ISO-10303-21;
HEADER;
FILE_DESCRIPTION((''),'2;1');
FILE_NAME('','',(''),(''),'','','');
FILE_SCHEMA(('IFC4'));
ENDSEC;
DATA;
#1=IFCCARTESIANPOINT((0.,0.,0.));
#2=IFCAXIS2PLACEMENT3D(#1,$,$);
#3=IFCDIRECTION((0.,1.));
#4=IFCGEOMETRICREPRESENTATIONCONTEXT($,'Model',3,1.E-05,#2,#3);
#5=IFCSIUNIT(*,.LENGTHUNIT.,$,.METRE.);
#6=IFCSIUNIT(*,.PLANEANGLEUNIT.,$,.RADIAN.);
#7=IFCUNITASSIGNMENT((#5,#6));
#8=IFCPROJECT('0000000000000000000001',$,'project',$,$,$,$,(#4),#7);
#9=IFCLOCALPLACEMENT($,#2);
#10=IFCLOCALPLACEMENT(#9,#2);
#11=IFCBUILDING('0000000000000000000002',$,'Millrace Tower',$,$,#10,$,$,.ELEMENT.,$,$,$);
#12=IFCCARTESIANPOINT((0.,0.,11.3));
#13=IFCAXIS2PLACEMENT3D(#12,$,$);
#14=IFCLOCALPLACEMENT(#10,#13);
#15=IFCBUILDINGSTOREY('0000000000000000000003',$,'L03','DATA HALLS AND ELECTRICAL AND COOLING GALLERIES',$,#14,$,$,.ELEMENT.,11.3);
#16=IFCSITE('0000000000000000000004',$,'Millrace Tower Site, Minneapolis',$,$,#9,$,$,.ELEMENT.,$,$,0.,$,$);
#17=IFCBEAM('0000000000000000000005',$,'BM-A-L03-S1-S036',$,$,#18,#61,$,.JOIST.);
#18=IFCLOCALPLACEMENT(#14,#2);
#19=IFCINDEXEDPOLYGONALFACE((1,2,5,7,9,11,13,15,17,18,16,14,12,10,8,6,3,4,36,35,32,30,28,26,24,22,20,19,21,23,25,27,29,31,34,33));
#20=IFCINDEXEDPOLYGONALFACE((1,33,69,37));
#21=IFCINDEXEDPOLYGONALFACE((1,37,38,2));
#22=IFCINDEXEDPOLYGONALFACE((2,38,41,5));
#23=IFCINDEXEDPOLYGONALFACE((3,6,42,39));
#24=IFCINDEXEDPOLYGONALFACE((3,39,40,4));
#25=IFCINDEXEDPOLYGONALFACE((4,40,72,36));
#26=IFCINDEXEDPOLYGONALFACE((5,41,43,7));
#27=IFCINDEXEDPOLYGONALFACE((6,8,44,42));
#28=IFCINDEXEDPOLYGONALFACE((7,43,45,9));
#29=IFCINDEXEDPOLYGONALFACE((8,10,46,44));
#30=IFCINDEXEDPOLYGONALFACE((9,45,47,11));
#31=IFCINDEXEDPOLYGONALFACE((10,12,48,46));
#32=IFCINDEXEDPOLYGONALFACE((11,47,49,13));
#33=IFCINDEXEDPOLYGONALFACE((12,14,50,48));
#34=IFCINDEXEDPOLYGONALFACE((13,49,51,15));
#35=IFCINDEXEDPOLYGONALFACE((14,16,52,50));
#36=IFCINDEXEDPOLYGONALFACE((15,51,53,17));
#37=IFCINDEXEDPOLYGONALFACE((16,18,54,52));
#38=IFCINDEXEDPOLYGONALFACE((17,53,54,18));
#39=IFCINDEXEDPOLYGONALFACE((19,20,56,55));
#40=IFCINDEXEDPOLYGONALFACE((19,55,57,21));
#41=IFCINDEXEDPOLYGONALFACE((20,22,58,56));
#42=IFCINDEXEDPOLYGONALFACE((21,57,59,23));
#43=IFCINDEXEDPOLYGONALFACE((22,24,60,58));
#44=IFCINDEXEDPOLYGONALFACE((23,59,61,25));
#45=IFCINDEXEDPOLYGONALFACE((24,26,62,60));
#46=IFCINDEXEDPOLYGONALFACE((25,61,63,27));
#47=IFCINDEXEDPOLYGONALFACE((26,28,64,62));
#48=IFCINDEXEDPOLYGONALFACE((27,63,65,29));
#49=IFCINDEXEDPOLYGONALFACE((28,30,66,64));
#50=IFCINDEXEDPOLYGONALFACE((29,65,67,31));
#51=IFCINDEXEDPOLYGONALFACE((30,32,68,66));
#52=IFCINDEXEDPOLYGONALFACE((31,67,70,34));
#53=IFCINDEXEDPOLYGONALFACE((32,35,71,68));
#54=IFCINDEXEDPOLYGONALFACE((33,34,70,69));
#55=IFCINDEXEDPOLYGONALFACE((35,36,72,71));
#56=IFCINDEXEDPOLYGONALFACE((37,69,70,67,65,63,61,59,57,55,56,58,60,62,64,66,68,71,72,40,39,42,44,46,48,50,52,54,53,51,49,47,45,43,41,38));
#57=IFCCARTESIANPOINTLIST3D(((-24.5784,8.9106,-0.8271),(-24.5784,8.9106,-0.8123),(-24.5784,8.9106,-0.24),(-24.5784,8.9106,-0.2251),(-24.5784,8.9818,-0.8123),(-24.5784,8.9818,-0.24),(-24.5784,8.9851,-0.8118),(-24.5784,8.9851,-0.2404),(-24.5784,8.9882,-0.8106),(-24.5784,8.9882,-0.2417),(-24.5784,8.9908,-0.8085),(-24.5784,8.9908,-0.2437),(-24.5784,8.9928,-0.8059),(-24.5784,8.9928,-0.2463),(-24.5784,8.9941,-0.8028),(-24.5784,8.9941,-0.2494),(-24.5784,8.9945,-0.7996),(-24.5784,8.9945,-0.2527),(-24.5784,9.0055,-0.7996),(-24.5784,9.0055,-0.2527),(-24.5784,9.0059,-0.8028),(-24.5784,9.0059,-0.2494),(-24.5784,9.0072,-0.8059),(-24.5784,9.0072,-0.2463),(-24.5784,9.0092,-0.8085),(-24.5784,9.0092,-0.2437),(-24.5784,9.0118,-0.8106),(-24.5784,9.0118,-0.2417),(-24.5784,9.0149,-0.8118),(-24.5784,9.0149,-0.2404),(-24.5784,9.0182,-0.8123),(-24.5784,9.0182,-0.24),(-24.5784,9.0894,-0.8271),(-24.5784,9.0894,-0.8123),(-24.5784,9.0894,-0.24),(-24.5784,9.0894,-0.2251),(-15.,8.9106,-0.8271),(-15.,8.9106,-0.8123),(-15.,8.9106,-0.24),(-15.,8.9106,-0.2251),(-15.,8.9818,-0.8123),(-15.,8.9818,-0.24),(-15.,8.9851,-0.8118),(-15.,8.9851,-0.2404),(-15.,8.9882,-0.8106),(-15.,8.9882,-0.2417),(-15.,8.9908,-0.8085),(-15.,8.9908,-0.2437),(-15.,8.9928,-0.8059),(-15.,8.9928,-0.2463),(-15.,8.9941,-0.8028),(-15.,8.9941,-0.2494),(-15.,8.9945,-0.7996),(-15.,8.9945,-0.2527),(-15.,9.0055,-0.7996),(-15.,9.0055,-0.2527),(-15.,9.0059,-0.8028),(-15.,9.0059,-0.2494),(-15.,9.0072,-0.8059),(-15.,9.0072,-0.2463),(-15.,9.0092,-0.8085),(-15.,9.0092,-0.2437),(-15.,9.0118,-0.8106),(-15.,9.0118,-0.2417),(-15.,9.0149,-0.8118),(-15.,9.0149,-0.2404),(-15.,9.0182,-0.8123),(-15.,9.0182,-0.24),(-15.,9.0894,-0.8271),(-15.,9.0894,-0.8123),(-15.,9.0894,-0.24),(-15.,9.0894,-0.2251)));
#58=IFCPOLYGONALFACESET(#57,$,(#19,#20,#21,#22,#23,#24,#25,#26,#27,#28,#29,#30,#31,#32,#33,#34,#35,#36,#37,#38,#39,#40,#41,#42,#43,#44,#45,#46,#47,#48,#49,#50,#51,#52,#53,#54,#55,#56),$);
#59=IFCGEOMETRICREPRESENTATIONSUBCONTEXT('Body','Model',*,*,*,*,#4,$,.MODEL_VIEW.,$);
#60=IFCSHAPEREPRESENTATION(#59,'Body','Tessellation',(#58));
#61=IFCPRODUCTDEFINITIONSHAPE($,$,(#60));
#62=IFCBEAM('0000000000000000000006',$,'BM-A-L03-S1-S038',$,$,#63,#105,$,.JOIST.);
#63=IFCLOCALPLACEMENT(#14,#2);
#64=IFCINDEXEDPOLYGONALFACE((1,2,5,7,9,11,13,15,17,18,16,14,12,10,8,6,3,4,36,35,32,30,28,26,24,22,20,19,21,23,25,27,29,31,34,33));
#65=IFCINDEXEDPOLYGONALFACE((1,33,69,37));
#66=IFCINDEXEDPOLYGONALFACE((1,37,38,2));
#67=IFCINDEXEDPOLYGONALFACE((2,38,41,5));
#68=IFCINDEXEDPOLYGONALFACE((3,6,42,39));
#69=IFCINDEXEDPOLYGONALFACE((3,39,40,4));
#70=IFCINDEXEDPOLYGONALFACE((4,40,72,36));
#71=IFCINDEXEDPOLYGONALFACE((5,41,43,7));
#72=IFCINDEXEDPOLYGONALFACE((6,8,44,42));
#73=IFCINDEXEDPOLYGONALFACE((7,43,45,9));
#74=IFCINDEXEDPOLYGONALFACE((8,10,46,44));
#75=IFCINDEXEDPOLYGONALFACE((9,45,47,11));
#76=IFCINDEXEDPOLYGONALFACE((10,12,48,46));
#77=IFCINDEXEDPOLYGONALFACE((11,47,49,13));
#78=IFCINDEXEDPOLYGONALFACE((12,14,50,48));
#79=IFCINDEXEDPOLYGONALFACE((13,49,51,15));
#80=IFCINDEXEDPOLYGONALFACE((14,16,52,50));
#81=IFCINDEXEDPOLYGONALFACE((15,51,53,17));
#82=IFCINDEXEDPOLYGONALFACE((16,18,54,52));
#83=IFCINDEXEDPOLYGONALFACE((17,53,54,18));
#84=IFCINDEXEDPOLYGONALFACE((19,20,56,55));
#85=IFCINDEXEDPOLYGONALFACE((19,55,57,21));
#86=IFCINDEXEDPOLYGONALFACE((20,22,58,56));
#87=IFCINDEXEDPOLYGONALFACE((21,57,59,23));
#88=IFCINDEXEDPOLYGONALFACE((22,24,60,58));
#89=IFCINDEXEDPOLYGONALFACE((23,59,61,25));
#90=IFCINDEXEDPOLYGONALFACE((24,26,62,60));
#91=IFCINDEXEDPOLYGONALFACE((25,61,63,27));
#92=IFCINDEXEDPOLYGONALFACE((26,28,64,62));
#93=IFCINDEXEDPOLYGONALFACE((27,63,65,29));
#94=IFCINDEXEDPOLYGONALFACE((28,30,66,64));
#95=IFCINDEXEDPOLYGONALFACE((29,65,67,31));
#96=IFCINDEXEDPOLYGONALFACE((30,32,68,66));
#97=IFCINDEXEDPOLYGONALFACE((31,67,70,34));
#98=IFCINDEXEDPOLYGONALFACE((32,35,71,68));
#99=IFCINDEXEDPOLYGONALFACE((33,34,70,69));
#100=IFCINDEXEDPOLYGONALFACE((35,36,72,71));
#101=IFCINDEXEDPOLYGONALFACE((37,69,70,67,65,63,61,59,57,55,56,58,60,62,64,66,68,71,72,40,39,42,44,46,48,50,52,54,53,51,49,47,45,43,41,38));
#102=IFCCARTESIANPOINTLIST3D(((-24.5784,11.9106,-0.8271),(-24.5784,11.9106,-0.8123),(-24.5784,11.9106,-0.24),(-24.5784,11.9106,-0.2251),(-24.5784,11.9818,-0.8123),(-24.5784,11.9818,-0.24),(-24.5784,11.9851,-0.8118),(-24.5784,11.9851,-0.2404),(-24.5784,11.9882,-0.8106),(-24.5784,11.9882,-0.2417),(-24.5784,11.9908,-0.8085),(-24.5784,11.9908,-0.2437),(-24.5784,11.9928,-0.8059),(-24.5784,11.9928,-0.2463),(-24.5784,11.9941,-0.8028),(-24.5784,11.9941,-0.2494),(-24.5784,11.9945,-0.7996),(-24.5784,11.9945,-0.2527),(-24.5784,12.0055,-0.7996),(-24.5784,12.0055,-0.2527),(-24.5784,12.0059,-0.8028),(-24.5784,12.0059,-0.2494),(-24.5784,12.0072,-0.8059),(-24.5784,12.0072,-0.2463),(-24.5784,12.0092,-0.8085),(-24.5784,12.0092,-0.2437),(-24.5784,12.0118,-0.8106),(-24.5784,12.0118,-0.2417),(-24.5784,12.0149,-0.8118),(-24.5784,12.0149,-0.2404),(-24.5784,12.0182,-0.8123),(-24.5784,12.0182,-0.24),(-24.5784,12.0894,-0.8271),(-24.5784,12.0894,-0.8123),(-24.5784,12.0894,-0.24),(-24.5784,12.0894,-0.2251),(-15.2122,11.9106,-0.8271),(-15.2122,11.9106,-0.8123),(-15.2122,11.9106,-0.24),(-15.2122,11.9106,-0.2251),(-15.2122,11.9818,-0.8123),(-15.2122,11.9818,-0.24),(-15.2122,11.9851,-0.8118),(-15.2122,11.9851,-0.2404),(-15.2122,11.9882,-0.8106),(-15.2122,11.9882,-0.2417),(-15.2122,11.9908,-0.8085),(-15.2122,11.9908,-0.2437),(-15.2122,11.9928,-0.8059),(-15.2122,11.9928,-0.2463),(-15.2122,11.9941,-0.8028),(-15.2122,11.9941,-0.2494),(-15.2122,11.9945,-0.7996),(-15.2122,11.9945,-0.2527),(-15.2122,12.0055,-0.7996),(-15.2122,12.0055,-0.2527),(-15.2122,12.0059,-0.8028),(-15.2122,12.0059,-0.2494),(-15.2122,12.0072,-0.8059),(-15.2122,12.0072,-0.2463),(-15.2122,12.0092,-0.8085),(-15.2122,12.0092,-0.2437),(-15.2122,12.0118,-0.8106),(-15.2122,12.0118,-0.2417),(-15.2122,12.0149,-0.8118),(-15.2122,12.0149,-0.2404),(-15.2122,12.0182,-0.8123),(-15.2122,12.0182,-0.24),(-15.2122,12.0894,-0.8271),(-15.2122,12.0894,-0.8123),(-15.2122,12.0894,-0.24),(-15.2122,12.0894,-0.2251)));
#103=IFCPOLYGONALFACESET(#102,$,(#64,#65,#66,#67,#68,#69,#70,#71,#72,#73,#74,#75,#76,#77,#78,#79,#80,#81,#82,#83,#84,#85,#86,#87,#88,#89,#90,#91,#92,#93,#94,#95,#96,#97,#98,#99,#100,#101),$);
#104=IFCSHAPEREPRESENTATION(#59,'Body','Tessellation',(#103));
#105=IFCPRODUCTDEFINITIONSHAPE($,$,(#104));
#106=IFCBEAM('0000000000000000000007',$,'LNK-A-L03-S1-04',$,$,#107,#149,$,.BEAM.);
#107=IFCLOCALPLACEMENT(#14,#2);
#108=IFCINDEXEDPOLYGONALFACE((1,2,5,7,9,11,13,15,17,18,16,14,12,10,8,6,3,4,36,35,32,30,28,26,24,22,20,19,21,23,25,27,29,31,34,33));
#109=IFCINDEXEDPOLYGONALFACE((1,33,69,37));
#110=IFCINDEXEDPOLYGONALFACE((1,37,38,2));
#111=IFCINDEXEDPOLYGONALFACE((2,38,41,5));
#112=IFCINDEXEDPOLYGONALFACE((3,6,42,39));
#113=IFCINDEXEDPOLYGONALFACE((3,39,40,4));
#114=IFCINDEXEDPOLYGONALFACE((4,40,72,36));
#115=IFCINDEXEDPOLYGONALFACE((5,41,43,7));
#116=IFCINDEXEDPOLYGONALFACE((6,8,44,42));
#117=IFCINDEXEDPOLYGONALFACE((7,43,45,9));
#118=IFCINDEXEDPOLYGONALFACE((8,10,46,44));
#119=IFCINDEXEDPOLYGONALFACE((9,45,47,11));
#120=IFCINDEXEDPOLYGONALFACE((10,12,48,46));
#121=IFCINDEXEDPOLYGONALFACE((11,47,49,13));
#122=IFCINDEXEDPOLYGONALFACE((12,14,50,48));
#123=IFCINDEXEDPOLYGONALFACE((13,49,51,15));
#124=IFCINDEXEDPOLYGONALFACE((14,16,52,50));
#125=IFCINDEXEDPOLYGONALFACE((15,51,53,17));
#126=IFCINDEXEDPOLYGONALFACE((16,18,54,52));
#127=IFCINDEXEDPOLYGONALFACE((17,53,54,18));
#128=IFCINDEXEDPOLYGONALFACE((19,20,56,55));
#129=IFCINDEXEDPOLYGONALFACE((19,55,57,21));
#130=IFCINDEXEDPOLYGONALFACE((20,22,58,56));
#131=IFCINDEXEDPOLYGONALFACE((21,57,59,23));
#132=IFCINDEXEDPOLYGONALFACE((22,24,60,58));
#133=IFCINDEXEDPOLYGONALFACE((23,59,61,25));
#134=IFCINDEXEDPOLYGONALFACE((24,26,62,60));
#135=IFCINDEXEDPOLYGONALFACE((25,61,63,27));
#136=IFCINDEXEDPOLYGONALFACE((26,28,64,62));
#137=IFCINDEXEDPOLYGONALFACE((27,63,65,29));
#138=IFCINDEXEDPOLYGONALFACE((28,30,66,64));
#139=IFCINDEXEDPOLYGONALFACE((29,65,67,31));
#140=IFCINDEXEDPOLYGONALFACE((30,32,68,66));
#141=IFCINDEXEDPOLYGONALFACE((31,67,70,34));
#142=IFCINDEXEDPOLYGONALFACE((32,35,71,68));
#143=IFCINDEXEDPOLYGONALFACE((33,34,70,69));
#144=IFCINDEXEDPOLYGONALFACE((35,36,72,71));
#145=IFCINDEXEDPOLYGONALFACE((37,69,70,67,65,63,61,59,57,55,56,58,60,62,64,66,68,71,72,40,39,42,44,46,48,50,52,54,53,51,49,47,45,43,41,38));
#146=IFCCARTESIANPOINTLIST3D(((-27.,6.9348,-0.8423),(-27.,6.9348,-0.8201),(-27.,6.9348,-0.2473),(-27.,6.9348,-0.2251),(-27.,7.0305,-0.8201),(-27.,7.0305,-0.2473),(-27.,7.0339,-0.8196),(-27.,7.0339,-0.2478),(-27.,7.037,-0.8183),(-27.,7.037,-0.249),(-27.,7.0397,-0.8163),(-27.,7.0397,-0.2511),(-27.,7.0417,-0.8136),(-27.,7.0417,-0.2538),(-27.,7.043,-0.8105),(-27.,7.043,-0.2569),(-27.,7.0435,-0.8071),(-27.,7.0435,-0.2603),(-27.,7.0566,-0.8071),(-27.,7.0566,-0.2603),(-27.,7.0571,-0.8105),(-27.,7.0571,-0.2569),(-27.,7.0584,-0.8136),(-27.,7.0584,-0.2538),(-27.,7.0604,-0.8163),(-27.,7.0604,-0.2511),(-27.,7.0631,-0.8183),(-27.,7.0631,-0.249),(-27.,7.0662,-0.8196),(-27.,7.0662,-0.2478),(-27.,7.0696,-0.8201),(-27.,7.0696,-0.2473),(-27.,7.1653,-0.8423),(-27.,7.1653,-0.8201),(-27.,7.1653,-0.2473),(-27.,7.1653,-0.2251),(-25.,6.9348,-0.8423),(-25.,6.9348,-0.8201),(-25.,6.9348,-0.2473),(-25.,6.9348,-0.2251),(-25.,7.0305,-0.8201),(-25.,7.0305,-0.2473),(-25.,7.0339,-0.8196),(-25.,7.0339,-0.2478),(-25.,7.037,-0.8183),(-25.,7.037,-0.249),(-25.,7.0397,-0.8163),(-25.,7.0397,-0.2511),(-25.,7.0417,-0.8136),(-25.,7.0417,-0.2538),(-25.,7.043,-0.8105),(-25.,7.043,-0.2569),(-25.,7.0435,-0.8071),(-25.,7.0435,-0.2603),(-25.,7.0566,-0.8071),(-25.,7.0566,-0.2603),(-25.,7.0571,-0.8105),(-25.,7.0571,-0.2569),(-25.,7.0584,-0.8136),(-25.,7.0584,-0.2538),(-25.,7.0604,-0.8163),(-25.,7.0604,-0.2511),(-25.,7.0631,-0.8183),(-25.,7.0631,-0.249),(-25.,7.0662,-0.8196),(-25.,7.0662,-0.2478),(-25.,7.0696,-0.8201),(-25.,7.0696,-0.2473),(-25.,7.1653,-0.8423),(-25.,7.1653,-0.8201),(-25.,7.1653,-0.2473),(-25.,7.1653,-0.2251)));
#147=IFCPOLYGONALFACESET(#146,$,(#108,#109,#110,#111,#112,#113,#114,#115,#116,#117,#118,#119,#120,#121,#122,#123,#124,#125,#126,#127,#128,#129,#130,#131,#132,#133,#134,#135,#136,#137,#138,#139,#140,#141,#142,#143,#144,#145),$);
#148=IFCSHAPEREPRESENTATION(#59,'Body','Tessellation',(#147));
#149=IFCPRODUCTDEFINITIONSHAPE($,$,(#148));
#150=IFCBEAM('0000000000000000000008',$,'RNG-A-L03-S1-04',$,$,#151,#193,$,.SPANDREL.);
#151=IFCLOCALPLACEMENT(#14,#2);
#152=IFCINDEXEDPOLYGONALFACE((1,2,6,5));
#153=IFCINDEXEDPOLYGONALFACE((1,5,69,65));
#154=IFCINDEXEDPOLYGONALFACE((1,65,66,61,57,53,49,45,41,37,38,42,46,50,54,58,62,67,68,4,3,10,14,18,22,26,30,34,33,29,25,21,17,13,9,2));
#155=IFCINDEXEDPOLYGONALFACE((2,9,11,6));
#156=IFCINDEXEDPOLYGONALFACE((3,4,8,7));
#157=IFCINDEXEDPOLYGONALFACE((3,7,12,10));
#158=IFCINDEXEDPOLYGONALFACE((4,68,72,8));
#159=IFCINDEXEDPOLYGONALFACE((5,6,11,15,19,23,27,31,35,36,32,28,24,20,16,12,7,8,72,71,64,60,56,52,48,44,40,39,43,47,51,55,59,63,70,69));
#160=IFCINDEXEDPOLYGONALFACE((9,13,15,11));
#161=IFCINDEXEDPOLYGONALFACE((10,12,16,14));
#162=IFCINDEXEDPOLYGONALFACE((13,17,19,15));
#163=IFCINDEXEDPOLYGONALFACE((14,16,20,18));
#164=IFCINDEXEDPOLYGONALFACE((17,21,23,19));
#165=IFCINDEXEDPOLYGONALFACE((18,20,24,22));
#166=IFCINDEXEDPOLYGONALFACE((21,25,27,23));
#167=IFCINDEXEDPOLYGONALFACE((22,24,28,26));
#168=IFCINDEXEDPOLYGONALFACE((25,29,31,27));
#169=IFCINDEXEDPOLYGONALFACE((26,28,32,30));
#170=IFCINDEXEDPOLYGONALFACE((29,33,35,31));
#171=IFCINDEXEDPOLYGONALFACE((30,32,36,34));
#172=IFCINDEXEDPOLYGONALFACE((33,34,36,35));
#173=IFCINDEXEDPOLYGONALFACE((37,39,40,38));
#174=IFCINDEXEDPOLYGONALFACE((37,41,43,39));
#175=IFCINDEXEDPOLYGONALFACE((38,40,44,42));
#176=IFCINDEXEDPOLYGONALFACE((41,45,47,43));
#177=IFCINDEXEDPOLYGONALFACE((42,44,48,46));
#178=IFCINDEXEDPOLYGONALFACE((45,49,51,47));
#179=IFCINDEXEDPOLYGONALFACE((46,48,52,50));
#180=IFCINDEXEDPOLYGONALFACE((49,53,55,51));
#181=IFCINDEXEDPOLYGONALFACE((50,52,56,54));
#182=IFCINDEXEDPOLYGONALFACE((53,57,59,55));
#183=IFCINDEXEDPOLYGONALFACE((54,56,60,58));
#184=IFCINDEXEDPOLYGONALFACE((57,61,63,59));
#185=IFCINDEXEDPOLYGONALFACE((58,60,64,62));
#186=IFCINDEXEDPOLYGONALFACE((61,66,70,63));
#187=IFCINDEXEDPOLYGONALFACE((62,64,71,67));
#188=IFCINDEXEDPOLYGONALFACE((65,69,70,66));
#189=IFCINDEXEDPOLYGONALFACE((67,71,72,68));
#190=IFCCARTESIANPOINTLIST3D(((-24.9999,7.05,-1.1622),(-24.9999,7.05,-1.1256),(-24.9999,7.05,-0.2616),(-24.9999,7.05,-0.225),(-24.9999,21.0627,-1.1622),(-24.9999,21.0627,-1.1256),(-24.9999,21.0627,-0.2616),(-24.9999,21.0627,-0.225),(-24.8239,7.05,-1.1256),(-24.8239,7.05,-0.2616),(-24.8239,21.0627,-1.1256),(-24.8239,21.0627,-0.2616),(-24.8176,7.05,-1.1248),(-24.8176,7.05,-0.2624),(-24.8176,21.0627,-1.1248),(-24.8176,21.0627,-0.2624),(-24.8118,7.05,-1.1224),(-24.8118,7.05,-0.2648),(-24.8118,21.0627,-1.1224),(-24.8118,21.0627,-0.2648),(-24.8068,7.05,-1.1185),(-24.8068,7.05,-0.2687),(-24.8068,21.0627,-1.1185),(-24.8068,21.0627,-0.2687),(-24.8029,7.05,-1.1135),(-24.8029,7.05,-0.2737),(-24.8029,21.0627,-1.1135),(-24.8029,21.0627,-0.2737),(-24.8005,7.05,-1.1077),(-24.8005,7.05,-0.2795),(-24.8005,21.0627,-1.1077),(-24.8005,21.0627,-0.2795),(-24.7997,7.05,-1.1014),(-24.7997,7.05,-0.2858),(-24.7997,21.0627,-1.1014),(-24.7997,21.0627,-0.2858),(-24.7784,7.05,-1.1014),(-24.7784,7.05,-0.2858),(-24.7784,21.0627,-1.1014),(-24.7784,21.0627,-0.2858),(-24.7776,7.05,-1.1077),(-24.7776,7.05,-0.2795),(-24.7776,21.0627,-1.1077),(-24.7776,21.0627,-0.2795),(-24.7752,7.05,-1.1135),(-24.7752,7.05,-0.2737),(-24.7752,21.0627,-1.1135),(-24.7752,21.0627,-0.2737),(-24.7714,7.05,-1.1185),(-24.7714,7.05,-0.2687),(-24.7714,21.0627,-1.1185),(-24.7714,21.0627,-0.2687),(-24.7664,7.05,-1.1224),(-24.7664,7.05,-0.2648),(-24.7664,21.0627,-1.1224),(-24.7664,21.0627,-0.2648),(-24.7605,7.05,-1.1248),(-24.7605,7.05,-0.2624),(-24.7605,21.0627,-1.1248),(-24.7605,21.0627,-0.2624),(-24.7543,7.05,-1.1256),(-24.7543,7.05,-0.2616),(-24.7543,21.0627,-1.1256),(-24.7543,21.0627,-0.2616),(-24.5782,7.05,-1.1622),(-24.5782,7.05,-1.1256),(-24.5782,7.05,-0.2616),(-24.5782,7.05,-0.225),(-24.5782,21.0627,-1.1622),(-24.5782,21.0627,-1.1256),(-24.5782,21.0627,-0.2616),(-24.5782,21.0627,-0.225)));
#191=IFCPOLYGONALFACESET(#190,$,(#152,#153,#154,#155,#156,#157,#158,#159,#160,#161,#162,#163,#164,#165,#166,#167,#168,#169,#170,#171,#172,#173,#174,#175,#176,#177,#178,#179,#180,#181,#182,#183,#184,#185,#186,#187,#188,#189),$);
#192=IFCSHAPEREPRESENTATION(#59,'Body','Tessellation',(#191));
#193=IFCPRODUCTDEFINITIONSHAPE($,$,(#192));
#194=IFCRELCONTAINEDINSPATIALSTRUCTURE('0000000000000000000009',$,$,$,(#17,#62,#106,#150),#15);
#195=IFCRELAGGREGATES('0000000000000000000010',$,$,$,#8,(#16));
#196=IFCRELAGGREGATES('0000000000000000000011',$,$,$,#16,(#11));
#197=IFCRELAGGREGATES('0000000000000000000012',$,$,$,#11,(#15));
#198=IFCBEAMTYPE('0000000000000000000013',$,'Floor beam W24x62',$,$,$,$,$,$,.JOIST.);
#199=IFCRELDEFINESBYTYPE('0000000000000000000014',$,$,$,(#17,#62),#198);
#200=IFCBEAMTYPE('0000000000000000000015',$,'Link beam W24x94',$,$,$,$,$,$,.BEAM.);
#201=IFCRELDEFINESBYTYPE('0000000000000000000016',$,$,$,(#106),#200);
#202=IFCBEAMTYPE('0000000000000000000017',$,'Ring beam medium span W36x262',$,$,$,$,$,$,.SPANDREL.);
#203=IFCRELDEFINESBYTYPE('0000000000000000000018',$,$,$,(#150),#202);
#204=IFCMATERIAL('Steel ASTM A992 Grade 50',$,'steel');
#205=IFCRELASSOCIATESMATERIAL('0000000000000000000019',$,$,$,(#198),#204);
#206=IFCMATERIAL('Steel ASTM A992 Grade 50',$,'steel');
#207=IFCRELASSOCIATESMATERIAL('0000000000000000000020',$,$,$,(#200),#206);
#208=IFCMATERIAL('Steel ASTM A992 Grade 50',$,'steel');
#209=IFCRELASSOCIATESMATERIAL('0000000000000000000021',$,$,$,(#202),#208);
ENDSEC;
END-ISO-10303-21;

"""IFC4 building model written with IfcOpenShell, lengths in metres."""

from ifc_helpers import new_model, si_unit, direction, frame, origin, origin_2d, place, context, subcontext, project, spatial, i_section, extrude, material, material_profile, profile_set, type_object, element, save


model = new_model("IFC4")

# Units and contexts
model_context = context("Model", 3, precision=1e-05, world=origin(), true_north=direction((0.0, 1.0)))
body_context = subcontext(model_context, "Body", "Model", "MODEL_VIEW")
ifc_project = project(units=[si_unit("LENGTHUNIT", "METRE"), si_unit("PLANEANGLEUNIT", "RADIAN")], contexts=[model_context])

# Site, building, storey
site_placement = place(None, origin())
site = spatial("IfcSite", under=ifc_project, at=site_placement, Name="Millrace Tower Site, Minneapolis", CompositionType="ELEMENT", RefElevation=0.0)
building_placement = place(site_placement, origin())
building = spatial("IfcBuilding", under=site, at=building_placement, Name="Millrace Tower", CompositionType="ELEMENT")
storey_placement = place(building_placement, frame((0.0, 0.0, 11.3)))
storey = spatial("IfcBuildingStorey", under=building, at=storey_placement, Name="L03", Description="DATA HALLS AND ELECTRICAL AND COOLING GALLERIES", CompositionType="ELEMENT", Elevation=11.3)

# Beams
ifc_material_1 = material(Name="Steel ASTM A992 Grade 50", Category="steel")
ifc_material_profile_1 = material_profile(ifc_material_1, i_section(OverallWidth=0.1787, OverallDepth=0.6021, WebThickness=0.011, FlangeThickness=0.0149, FilletRadius=0.0127, at=origin_2d()))
ifc_profile_set_1 = profile_set([ifc_material_profile_1], Name="Steel ASTM A992 Grade 50")
beam_type_1 = type_object("IfcBeamType", Name="Floor beam W24x62", PredefinedType="JOIST", material=ifc_profile_set_1)
for number, where, z_axis, x_axis, name in (
    (1, (-24.5784, 9.0, -0.5261), (1.0, 0.0, 0.0), (0.0, 1.0, 0.0), "BM-A-L03-S1-S036"),
):
    element("IfcBeam", number, at=place(storey_placement, frame(where, z_axis=z_axis, x_axis=x_axis)), inside=storey, type_object=beam_type_1, Name=name, PredefinedType="JOIST", context=body_context, shape_type="SweptSolid", body=[
        extrude(i_section(OverallWidth=0.1787, OverallDepth=0.6021, WebThickness=0.011, FlangeThickness=0.0149, FilletRadius=0.0127, at=origin_2d()), origin(), (0.0, 0.0, 1.0), 9.5784),
    ])
beam_1_placement = place(storey_placement, frame((-24.5784, 12.0, -0.5261), z_axis=(1.0, 0.0, 0.0), x_axis=(0.0, 1.0, 0.0)))
element("IfcBeam", 2, at=beam_1_placement, inside=storey, type_object=beam_type_1, Name="BM-A-L03-S1-S038", PredefinedType="JOIST", context=body_context, shape_type="SweptSolid", body=[
    extrude(i_section(OverallWidth=0.1787, OverallDepth=0.6021, WebThickness=0.011, FlangeThickness=0.0149, FilletRadius=0.0127, at=origin_2d()), origin(), (0.0, 0.0, 1.0), 9.3662),
])
ifc_material_2 = material(Name="Steel ASTM A992 Grade 50", Category="steel")
ifc_material_profile_2 = material_profile(ifc_material_2, i_section(OverallWidth=0.2305, OverallDepth=0.6172, WebThickness=0.0132, FlangeThickness=0.0222, FilletRadius=0.0129, at=origin_2d()))
ifc_profile_set_2 = profile_set([ifc_material_profile_2], Name="Steel ASTM A992 Grade 50")
beam_type_2 = type_object("IfcBeamType", Name="Link beam W24x94", PredefinedType="BEAM", material=ifc_profile_set_2)
beam_2_placement = place(storey_placement, frame((-25.0, 7.05, -0.5337), z_axis=(-1.0, 0.0, 0.0), x_axis=(0.0, -1.0, 0.0)))
element("IfcBeam", 3, at=beam_2_placement, inside=storey, type_object=beam_type_2, Name="LNK-A-L03-S1-04", PredefinedType="BEAM", context=body_context, shape_type="SweptSolid", body=[
    extrude(i_section(OverallWidth=0.2305, OverallDepth=0.6172, WebThickness=0.0132, FlangeThickness=0.0222, FilletRadius=0.0129, at=origin_2d()), origin(), (0.0, 0.0, 1.0), 2.0),
])
ifc_material_3 = material(Name="Steel ASTM A992 Grade 50", Category="steel")
ifc_material_profile_3 = material_profile(ifc_material_3, i_section(OverallWidth=0.4216, OverallDepth=0.9373, WebThickness=0.0212, FlangeThickness=0.0366, FilletRadius=0.0242, at=origin_2d()))
ifc_profile_set_3 = profile_set([ifc_material_profile_3], Name="Steel ASTM A992 Grade 50")
beam_type_3 = type_object("IfcBeamType", Name="Ring beam medium span W36x262", PredefinedType="SPANDREL", material=ifc_profile_set_3)
beam_3_placement = place(storey_placement, frame((-24.7891, 7.05, -0.6936), z_axis=(0.0, 1.0, 0.0), x_axis=(-1.0, 0.0, 0.0)))
element("IfcBeam", 4, at=beam_3_placement, inside=storey, type_object=beam_type_3, Name="RNG-A-L03-S1-04", PredefinedType="SPANDREL", context=body_context, shape_type="SweptSolid", body=[
    extrude(i_section(OverallWidth=0.4216, OverallDepth=0.9373, WebThickness=0.0212, FlangeThickness=0.0366, FilletRadius=0.0242, at=origin_2d()), origin(), (0.0, 0.0, 1.0), 14.0127),
])

save(model, "model.ifc")
